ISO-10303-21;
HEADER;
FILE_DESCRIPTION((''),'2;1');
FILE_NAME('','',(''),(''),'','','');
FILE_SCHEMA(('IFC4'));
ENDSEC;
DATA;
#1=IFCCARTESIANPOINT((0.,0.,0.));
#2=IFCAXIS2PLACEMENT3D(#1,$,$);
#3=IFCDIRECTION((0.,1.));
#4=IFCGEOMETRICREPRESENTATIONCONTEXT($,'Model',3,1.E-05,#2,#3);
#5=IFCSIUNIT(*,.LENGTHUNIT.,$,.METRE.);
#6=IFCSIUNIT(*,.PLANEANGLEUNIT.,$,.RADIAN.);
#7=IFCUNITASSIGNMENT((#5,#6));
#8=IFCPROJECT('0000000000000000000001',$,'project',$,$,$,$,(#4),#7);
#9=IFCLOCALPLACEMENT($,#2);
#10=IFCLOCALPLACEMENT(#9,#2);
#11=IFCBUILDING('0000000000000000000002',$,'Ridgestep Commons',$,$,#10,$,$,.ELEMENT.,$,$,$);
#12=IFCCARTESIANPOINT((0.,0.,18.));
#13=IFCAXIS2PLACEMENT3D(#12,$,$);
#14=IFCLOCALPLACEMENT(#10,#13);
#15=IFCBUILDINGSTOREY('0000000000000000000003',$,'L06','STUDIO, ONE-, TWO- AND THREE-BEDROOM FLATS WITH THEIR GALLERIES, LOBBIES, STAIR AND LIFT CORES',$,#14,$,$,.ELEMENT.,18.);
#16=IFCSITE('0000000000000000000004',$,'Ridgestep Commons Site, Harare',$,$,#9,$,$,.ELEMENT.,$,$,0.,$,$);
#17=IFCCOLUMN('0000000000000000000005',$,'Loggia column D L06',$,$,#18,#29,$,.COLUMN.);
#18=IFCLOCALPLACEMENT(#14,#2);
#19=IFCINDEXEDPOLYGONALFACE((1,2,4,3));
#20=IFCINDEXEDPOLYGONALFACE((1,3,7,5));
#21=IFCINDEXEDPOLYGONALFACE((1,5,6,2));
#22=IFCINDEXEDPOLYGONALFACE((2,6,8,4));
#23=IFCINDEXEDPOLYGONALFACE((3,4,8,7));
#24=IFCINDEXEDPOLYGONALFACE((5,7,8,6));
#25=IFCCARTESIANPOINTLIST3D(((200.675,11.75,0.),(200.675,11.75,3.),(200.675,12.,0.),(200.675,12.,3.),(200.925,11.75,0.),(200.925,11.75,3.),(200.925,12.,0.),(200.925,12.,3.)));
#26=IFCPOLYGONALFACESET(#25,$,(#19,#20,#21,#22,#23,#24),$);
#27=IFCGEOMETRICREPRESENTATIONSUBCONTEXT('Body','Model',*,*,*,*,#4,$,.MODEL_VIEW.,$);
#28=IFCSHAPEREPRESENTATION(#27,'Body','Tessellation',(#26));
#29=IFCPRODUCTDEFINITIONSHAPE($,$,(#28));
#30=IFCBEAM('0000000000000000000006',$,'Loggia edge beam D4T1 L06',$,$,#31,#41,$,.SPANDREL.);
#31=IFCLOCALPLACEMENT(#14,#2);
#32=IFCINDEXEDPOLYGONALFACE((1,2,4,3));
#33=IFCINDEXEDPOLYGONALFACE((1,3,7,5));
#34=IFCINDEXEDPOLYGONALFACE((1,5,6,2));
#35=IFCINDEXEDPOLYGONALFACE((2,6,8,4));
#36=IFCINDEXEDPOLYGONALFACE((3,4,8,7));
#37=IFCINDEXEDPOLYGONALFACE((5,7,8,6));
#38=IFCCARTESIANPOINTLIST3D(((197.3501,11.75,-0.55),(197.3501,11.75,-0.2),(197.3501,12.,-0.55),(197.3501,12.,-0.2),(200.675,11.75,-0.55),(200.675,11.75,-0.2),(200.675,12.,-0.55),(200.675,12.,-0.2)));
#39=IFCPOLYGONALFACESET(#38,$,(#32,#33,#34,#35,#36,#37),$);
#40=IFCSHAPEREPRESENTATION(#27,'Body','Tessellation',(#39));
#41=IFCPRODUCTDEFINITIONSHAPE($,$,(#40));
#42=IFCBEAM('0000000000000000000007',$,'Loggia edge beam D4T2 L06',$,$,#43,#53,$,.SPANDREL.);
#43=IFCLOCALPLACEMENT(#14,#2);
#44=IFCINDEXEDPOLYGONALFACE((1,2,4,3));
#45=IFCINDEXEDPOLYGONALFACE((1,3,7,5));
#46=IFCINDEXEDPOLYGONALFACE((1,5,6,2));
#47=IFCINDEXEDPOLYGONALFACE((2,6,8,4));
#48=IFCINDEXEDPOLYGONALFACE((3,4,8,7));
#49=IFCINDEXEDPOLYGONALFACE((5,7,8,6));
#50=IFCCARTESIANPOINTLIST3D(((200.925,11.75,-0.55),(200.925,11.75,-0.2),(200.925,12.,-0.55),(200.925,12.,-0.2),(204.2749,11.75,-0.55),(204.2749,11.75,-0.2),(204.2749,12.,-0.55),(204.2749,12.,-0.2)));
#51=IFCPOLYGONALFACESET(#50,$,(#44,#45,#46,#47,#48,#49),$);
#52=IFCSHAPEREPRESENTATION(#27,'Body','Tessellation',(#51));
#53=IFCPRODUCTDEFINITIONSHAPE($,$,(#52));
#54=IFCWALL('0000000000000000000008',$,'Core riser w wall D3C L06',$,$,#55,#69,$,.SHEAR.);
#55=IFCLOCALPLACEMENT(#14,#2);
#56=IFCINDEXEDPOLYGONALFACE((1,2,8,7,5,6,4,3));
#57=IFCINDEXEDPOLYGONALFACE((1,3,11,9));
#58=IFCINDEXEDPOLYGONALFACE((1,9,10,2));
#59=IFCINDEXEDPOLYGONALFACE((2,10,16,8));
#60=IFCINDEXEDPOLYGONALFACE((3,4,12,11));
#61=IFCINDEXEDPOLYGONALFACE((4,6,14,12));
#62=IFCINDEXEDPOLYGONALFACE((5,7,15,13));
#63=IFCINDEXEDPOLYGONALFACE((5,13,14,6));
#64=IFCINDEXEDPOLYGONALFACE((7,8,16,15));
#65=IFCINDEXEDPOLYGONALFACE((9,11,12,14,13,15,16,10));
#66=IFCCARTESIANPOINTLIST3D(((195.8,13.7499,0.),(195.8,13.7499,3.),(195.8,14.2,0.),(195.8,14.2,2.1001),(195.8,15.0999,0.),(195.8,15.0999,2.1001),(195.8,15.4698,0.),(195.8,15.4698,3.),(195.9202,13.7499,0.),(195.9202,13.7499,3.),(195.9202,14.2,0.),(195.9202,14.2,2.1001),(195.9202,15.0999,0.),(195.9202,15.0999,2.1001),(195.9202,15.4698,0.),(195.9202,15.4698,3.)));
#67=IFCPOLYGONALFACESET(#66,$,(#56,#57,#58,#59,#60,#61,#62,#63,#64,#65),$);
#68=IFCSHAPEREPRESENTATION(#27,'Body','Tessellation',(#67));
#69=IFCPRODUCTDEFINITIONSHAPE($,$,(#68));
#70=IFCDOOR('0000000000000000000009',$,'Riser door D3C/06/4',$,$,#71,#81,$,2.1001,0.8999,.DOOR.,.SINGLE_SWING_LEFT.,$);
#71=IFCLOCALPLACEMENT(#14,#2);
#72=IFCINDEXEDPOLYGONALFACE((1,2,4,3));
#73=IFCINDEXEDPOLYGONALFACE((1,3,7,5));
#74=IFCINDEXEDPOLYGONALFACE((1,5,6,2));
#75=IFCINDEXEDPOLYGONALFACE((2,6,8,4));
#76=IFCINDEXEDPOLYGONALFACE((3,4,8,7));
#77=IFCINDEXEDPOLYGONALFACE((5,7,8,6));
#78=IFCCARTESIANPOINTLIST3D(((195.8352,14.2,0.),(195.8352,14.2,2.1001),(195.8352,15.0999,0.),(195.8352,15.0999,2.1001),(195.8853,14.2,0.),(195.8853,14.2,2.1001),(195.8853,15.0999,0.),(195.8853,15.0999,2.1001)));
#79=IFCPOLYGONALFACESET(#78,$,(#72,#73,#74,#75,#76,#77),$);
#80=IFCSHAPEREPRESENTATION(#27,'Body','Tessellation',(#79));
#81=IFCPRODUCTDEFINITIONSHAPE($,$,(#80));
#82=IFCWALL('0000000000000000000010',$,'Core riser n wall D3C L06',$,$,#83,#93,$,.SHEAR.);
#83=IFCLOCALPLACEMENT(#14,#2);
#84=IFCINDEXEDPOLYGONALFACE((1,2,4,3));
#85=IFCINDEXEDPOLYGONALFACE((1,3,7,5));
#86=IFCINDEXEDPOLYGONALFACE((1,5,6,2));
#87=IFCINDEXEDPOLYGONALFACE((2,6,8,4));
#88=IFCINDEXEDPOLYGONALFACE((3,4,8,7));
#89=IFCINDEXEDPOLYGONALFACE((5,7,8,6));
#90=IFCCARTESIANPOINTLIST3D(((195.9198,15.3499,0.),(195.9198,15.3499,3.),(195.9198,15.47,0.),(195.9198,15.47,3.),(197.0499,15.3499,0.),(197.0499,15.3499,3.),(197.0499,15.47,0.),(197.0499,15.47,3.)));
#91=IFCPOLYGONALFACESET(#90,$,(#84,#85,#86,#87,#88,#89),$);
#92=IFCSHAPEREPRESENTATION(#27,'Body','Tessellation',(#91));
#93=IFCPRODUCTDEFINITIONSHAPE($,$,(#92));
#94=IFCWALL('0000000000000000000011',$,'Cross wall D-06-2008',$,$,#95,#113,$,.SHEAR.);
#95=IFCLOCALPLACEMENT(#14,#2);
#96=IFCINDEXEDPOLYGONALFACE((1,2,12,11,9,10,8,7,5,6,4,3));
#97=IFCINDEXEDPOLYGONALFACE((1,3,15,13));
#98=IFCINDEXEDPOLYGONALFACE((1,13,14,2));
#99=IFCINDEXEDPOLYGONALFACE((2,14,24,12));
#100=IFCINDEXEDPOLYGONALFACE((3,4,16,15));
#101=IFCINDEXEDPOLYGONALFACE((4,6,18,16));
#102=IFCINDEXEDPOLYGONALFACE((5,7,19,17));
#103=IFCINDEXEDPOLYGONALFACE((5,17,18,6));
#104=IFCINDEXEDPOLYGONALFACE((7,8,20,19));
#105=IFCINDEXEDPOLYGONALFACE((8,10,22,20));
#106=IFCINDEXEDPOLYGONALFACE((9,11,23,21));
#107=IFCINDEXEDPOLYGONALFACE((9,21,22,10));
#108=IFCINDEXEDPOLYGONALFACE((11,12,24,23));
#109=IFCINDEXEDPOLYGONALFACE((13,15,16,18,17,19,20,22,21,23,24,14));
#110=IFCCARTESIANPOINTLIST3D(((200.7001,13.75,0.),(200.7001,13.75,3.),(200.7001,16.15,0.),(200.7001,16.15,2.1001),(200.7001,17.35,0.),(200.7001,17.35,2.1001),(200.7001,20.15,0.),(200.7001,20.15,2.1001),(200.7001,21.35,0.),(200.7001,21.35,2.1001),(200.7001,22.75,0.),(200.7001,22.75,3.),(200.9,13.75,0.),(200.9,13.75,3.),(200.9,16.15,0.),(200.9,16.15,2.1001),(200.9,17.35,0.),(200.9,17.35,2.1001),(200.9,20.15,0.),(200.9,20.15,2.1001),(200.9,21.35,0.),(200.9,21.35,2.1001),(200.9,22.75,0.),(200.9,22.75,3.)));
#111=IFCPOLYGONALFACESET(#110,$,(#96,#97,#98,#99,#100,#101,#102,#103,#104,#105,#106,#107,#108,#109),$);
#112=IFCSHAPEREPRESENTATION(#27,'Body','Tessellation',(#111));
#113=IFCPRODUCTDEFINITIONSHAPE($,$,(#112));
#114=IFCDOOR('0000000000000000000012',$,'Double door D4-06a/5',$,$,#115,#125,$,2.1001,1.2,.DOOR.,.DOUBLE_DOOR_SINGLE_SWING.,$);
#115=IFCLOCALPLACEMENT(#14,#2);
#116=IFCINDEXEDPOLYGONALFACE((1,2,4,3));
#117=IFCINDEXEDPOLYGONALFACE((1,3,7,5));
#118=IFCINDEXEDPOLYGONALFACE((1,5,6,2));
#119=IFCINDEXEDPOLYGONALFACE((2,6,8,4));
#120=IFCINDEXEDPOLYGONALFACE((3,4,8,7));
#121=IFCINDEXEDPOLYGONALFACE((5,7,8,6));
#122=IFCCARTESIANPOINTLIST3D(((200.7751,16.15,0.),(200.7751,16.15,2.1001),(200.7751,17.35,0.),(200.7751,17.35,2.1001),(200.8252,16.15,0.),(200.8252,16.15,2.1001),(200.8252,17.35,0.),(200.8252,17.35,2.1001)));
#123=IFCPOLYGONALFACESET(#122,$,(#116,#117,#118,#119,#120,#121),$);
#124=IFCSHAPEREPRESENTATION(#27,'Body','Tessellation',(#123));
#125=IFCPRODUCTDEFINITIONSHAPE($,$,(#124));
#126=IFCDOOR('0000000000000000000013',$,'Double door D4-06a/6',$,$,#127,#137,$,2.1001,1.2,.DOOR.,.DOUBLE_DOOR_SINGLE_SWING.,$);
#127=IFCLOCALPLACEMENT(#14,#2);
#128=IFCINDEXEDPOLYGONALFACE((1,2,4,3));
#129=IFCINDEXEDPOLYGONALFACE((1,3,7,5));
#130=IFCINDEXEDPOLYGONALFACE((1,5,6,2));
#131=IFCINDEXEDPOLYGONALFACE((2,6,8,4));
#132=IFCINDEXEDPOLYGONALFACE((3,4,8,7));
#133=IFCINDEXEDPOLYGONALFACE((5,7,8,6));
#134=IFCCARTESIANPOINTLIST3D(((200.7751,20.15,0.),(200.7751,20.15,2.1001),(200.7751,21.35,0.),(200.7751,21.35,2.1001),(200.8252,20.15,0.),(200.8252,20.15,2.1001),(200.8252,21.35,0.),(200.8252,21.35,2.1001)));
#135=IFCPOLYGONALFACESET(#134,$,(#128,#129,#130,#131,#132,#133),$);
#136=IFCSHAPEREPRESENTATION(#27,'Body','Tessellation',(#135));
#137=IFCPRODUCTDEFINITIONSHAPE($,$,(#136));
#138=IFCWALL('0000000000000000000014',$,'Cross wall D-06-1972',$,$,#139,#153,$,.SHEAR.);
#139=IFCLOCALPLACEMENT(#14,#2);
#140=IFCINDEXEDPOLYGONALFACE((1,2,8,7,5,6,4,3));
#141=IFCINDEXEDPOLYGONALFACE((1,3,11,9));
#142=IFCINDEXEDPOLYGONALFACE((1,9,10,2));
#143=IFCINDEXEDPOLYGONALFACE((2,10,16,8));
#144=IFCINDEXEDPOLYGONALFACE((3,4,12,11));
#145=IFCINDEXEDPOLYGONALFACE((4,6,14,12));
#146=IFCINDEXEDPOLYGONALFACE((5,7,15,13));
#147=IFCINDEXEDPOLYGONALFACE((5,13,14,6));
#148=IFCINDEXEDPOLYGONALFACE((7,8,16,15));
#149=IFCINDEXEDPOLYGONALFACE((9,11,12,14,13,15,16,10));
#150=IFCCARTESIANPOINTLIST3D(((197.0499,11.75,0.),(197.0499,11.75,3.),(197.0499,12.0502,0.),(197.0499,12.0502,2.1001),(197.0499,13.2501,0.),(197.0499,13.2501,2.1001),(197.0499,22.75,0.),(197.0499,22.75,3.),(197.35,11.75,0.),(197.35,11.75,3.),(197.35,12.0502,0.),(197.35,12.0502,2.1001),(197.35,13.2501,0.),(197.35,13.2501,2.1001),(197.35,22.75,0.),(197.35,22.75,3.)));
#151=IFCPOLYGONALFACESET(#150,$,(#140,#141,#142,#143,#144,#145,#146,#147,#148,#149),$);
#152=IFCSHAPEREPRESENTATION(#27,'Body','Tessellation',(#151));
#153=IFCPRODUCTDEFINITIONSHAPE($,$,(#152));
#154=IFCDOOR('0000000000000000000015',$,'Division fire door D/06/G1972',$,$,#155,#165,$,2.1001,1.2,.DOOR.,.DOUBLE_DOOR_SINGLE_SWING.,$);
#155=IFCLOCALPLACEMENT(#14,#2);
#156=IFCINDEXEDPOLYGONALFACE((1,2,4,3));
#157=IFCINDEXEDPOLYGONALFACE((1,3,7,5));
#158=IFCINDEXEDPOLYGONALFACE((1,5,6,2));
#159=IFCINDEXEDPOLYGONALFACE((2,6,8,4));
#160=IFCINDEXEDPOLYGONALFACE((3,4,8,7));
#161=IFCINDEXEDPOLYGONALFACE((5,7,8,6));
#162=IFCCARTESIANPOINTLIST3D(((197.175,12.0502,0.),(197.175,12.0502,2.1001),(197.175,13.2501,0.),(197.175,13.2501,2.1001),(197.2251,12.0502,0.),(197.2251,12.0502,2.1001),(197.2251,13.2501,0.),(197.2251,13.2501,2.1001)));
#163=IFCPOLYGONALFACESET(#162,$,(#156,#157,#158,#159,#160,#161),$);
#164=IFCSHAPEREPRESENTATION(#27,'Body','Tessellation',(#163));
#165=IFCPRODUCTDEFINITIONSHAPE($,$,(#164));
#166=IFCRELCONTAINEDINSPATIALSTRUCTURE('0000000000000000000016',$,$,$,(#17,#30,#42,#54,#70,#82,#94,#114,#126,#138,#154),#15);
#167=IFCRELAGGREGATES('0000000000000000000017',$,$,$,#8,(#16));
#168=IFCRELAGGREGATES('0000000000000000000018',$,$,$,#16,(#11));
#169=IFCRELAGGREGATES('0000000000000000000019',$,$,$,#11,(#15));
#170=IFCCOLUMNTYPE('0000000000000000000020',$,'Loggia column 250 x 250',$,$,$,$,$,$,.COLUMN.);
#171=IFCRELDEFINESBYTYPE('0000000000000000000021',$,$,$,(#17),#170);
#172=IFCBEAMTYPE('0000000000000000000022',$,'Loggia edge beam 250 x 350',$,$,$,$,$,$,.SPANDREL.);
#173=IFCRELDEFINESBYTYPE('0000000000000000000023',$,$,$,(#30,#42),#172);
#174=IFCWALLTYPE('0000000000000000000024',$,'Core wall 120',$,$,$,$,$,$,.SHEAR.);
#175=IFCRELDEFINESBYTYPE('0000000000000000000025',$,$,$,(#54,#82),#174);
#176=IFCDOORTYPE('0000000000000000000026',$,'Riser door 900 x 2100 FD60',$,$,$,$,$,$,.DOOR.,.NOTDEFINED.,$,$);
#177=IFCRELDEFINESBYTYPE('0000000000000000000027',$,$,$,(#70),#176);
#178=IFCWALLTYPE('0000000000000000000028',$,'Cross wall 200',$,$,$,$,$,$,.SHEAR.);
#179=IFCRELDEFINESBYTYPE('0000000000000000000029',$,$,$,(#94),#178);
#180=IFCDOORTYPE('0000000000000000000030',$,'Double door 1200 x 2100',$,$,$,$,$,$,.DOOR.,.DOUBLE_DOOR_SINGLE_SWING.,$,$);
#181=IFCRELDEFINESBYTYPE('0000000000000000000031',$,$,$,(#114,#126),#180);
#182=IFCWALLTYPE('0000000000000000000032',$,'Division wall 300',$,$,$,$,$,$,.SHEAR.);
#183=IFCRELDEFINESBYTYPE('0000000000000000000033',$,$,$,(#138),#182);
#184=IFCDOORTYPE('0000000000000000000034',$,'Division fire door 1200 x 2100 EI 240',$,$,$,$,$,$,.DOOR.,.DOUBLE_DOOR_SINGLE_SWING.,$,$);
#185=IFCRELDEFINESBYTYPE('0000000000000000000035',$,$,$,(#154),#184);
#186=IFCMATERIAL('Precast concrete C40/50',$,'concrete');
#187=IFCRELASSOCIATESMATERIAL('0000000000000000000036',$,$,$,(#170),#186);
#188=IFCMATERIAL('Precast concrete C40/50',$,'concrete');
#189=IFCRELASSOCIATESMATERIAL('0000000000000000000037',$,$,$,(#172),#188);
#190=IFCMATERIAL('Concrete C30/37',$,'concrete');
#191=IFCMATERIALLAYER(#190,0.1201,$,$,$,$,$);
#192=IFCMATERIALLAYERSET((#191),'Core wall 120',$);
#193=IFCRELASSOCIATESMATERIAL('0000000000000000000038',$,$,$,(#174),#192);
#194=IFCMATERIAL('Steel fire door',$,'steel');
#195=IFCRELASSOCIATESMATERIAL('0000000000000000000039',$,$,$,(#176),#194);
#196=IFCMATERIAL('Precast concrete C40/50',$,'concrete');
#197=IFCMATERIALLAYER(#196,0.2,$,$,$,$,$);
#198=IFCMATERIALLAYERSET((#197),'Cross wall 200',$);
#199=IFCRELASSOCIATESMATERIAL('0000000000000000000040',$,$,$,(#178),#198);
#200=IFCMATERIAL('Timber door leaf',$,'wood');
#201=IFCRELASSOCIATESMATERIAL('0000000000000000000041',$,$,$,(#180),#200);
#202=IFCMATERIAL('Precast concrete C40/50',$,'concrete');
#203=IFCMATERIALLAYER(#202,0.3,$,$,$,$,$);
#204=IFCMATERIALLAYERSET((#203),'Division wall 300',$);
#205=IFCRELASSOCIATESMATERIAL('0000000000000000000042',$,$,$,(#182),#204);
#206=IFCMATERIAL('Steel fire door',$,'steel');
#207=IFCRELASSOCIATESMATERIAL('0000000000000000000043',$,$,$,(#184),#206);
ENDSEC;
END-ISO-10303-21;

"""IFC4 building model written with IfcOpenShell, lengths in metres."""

from ifc_helpers import new_model, si_unit, direction, frame, frame_2d, origin, origin_2d, place, context, subcontext, project, spatial, rectangle, extrude, material, layer, layer_set, material_profile, profile_set, type_object, element, fill, save


model = new_model("IFC4")

# Units and contexts
model_context = context("Model", 3, precision=1e-05, world=origin(), true_north=direction((0.0, 1.0)))
body_context = subcontext(model_context, "Body", "Model", "MODEL_VIEW")
ifc_project = project(units=[si_unit("LENGTHUNIT", "METRE"), si_unit("PLANEANGLEUNIT", "RADIAN")], contexts=[model_context])

# Site, building, storey
site_placement = place(None, origin())
site = spatial("IfcSite", under=ifc_project, at=site_placement, Name="Ridgestep Commons Site, Harare", CompositionType="ELEMENT", RefElevation=0.0)
building_placement = place(site_placement, origin())
building = spatial("IfcBuilding", under=site, at=building_placement, Name="Ridgestep Commons", CompositionType="ELEMENT")
storey_placement = place(building_placement, frame((0.0, 0.0, 18.0)))
storey = spatial("IfcBuildingStorey", under=building, at=storey_placement, Name="L06", Description="STUDIO, ONE-, TWO- AND THREE-BEDROOM FLATS WITH THEIR GALLERIES, LOBBIES, STAIR AND LIFT CORES", CompositionType="ELEMENT", Elevation=18.0)

# Column
ifc_material_1 = material(Name="Precast concrete C40/50", Category="concrete")
ifc_material_profile_1 = material_profile(ifc_material_1, rectangle(XDim=0.25, YDim=0.25, at=origin_2d()), Name="PC 250x250")
ifc_profile_set_1 = profile_set([ifc_material_profile_1], Name="Precast concrete C40/50")
column_type = type_object("IfcColumnType", Name="Loggia column 250 x 250", PredefinedType="COLUMN", material=ifc_profile_set_1)
column_placement = place(storey_placement, frame((200.8, 11.875, 0.0), z_axis=(0.0, 0.0, 1.0), x_axis=(1.0, 0.0, 0.0)))
element("IfcColumn", 1, at=column_placement, inside=storey, type_object=column_type, Name="Loggia column D L06", PredefinedType="COLUMN", context=body_context, shape_type="SweptSolid", body=[
    extrude(rectangle(XDim=0.25, YDim=0.25, at=origin_2d()), origin(), (0.0, 0.0, 1.0), 3.0),
])

# Beams
ifc_material_2 = material(Name="Precast concrete C40/50", Category="concrete")
ifc_material_profile_2 = material_profile(ifc_material_2, rectangle(XDim=0.25, YDim=0.3501, at=origin_2d()), Name="PC 250x350")
ifc_profile_set_2 = profile_set([ifc_material_profile_2], Name="Precast concrete C40/50")
beam_type = type_object("IfcBeamType", Name="Loggia edge beam 250 x 350", PredefinedType="SPANDREL", material=ifc_profile_set_2)
beam_1_placement = place(storey_placement, frame((197.3501, 11.875, -0.375), z_axis=(1.0, 0.0, 0.0), x_axis=(0.0, 1.0, 0.0)))
element("IfcBeam", 2, at=beam_1_placement, inside=storey, type_object=beam_type, Name="Loggia edge beam D4T1 L06", PredefinedType="SPANDREL", context=body_context, shape_type="SweptSolid", body=[
    extrude(rectangle(XDim=0.25, YDim=0.3501, at=origin_2d()), origin(), (0.0, 0.0, 1.0), 3.325),
])
beam_2_placement = place(storey_placement, frame((200.925, 11.875, -0.375), z_axis=(1.0, 0.0, 0.0), x_axis=(0.0, 1.0, 0.0)))
element("IfcBeam", 3, at=beam_2_placement, inside=storey, type_object=beam_type, Name="Loggia edge beam D4T2 L06", PredefinedType="SPANDREL", context=body_context, shape_type="SweptSolid", body=[
    extrude(rectangle(XDim=0.25, YDim=0.3501, at=origin_2d()), origin(), (0.0, 0.0, 1.0), 3.3499),
])

# Wall, opening, door
ifc_material_3 = material(Name="Concrete C30/37", Category="concrete")
ifc_layer_1 = layer(ifc_material_3, 0.1201)
ifc_layer_set_1 = layer_set([ifc_layer_1], Name="Core wall 120")
wall_type_1 = type_object("IfcWallType", Name="Core wall 120", PredefinedType="SHEAR", material=ifc_layer_set_1)
wall_1_placement = place(storey_placement, frame((195.8601, 13.75, 0.0), z_axis=(0.0, 0.0, 1.0), x_axis=(0.0, 1.0, 0.0)))
wall_1 = element("IfcWall", 4, at=wall_1_placement, inside=storey, type_object=wall_type_1, Name="Core riser w wall D3C L06", PredefinedType="SHEAR", context=body_context, shape_type="SweptSolid", body=[
    extrude(rectangle(XDim=1.72, YDim=0.1201, at=frame_2d((0.8599, 0.0))), origin(), (0.0, 0.0, 1.0), 3.0),
])
opening_1_placement = place(wall_1_placement, frame((0.45, 0.0, 0.0)))
opening_1 = element("IfcOpeningElement", 5, at=opening_1_placement, cuts=wall_1, PredefinedType="OPENING", context=body_context, shape_type="SweptSolid", body=[
    extrude(rectangle(XDim=0.8999, YDim=2.1001, at=frame_2d((0.45, 1.05))), frame((0.0, 0.0701, 0.0), z_axis=(0.0, -1.0, 0.0), x_axis=(1.0, 0.0, 0.0)), (0.0, 0.0, 1.0), 0.1401),
])
ifc_material_4 = material(Name="Steel fire door", Category="steel")
door_type_1 = type_object("IfcDoorType", Name="Riser door 900 x 2100 FD60", OperationType="NOTDEFINED", PredefinedType="DOOR", material=ifc_material_4)
door_1_placement = place(opening_1_placement, origin())
door_1 = element("IfcDoor", 6, at=door_1_placement, inside=storey, type_object=door_type_1, Name="Riser door D3C/06/4", OperationType="SINGLE_SWING_LEFT", OverallHeight=2.1001, OverallWidth=0.8999, PredefinedType="DOOR", context=body_context, shape_type="SweptSolid", body=[
    extrude(rectangle(XDim=0.8999, YDim=2.1001, at=frame_2d((0.45, 1.05))), frame((0.0, 0.0249, 0.0), z_axis=(0.0, -1.0, 0.0), x_axis=(1.0, 0.0, 0.0)), (0.0, 0.0, 1.0), 0.05),
])
fill(opening_1, door_1)

# Wall
wall_2_placement = place(storey_placement, frame((195.9199, 15.4099, 0.0), z_axis=(0.0, 0.0, 1.0), x_axis=(1.0, 0.0, 0.0)))
element("IfcWall", 7, at=wall_2_placement, inside=storey, type_object=wall_type_1, Name="Core riser n wall D3C L06", PredefinedType="SHEAR", context=body_context, shape_type="SweptSolid", body=[
    extrude(rectangle(XDim=1.1301, YDim=0.1201, at=frame_2d((0.5649, 0.0))), origin(), (0.0, 0.0, 1.0), 3.0),
])

# Wall, openings, doors
ifc_material_5 = material(Name="Precast concrete C40/50", Category="concrete")
ifc_layer_2 = layer(ifc_material_5, 0.2)
ifc_layer_set_2 = layer_set([ifc_layer_2], Name="Cross wall 200")
wall_type_2 = type_object("IfcWallType", Name="Cross wall 200", PredefinedType="SHEAR", material=ifc_layer_set_2)
wall_3_placement = place(storey_placement, frame((200.8, 13.75, 0.0), z_axis=(0.0, 0.0, 1.0), x_axis=(0.0, 1.0, 0.0)))
wall_3 = element("IfcWall", 8, at=wall_3_placement, inside=storey, type_object=wall_type_2, Name="Cross wall D-06-2008", PredefinedType="SHEAR", context=body_context, shape_type="SweptSolid", body=[
    extrude(rectangle(XDim=9.0, YDim=0.2, at=frame_2d((4.5, 0.0))), origin(), (0.0, 0.0, 1.0), 3.0),
])
opening_2_placement = place(wall_3_placement, frame((2.3999, 0.0, 0.0)))
opening_2 = element("IfcOpeningElement", 9, at=opening_2_placement, cuts=wall_3, PredefinedType="OPENING", context=body_context, shape_type="SweptSolid", body=[
    extrude(rectangle(XDim=1.2, YDim=2.1001, at=frame_2d((0.6001, 1.05))), frame((0.0, 0.1099, 0.0), z_axis=(0.0, -1.0, 0.0), x_axis=(1.0, 0.0, 0.0)), (0.0, 0.0, 1.0), 0.22),
])
opening_3_placement = place(wall_3_placement, frame((6.3999, 0.0, 0.0)))
opening_3 = element("IfcOpeningElement", 10, at=opening_3_placement, cuts=wall_3, PredefinedType="OPENING", context=body_context, shape_type="SweptSolid", body=[
    extrude(rectangle(XDim=1.2, YDim=2.1001, at=frame_2d((0.6001, 1.05))), frame((0.0, 0.1099, 0.0), z_axis=(0.0, -1.0, 0.0), x_axis=(1.0, 0.0, 0.0)), (0.0, 0.0, 1.0), 0.22),
])
ifc_material_6 = material(Name="Timber door leaf", Category="wood")
door_type_2 = type_object("IfcDoorType", Name="Double door 1200 x 2100", OperationType="DOUBLE_DOOR_SINGLE_SWING", PredefinedType="DOOR", material=ifc_material_6)
door_2_placement = place(opening_2_placement, origin())
door_2 = element("IfcDoor", 11, at=door_2_placement, inside=storey, type_object=door_type_2, Name="Double door D4-06a/5", OperationType="DOUBLE_DOOR_SINGLE_SWING", OverallHeight=2.1001, OverallWidth=1.2, PredefinedType="DOOR", context=body_context, shape_type="SweptSolid", body=[
    extrude(rectangle(XDim=1.2, YDim=2.1001, at=frame_2d((0.6001, 1.05))), frame((0.0, 0.0249, 0.0), z_axis=(0.0, -1.0, 0.0), x_axis=(1.0, 0.0, 0.0)), (0.0, 0.0, 1.0), 0.05),
])
fill(opening_2, door_2)
door_3_placement = place(opening_3_placement, origin())
door_3 = element("IfcDoor", 12, at=door_3_placement, inside=storey, type_object=door_type_2, Name="Double door D4-06a/6", OperationType="DOUBLE_DOOR_SINGLE_SWING", OverallHeight=2.1001, OverallWidth=1.2, PredefinedType="DOOR", context=body_context, shape_type="SweptSolid", body=[
    extrude(rectangle(XDim=1.2, YDim=2.1001, at=frame_2d((0.6001, 1.05))), frame((0.0, 0.0249, 0.0), z_axis=(0.0, -1.0, 0.0), x_axis=(1.0, 0.0, 0.0)), (0.0, 0.0, 1.0), 0.05),
])
fill(opening_3, door_3)

# Wall, opening, door
ifc_material_7 = material(Name="Precast concrete C40/50", Category="concrete")
ifc_layer_3 = layer(ifc_material_7, 0.3)
ifc_layer_set_3 = layer_set([ifc_layer_3], Name="Division wall 300")
wall_type_3 = type_object("IfcWallType", Name="Division wall 300", PredefinedType="SHEAR", material=ifc_layer_set_3)
wall_4_placement = place(storey_placement, frame((197.2, 11.75, 0.0), z_axis=(0.0, 0.0, 1.0), x_axis=(0.0, 1.0, 0.0)))
wall_4 = element("IfcWall", 13, at=wall_4_placement, inside=storey, type_object=wall_type_3, Name="Cross wall D-06-1972", PredefinedType="SHEAR", context=body_context, shape_type="SweptSolid", body=[
    extrude(rectangle(XDim=11.0, YDim=0.3, at=frame_2d((5.5, 0.0))), origin(), (0.0, 0.0, 1.0), 3.0),
])
opening_4_placement = place(wall_4_placement, frame((0.3, 0.0, 0.0)))
opening_4 = element("IfcOpeningElement", 14, at=opening_4_placement, cuts=wall_4, PredefinedType="OPENING", context=body_context, shape_type="SweptSolid", body=[
    extrude(rectangle(XDim=1.2, YDim=2.1001, at=frame_2d((0.6001, 1.05))), frame((0.0, 0.1599, 0.0), z_axis=(0.0, -1.0, 0.0), x_axis=(1.0, 0.0, 0.0)), (0.0, 0.0, 1.0), 0.3201),
])
ifc_material_8 = material(Name="Steel fire door", Category="steel")
door_type_3 = type_object("IfcDoorType", Name="Division fire door 1200 x 2100 EI 240", OperationType="DOUBLE_DOOR_SINGLE_SWING", PredefinedType="DOOR", material=ifc_material_8)
door_4_placement = place(opening_4_placement, origin())
door_4 = element("IfcDoor", 15, at=door_4_placement, inside=storey, type_object=door_type_3, Name="Division fire door D/06/G1972", OperationType="DOUBLE_DOOR_SINGLE_SWING", OverallHeight=2.1001, OverallWidth=1.2, PredefinedType="DOOR", context=body_context, shape_type="SweptSolid", body=[
    extrude(rectangle(XDim=1.2, YDim=2.1001, at=frame_2d((0.6001, 1.05))), frame((0.0, 0.0249, 0.0), z_axis=(0.0, -1.0, 0.0), x_axis=(1.0, 0.0, 0.0)), (0.0, 0.0, 1.0), 0.05),
])
fill(opening_4, door_4)

save(model, "model.ifc")
